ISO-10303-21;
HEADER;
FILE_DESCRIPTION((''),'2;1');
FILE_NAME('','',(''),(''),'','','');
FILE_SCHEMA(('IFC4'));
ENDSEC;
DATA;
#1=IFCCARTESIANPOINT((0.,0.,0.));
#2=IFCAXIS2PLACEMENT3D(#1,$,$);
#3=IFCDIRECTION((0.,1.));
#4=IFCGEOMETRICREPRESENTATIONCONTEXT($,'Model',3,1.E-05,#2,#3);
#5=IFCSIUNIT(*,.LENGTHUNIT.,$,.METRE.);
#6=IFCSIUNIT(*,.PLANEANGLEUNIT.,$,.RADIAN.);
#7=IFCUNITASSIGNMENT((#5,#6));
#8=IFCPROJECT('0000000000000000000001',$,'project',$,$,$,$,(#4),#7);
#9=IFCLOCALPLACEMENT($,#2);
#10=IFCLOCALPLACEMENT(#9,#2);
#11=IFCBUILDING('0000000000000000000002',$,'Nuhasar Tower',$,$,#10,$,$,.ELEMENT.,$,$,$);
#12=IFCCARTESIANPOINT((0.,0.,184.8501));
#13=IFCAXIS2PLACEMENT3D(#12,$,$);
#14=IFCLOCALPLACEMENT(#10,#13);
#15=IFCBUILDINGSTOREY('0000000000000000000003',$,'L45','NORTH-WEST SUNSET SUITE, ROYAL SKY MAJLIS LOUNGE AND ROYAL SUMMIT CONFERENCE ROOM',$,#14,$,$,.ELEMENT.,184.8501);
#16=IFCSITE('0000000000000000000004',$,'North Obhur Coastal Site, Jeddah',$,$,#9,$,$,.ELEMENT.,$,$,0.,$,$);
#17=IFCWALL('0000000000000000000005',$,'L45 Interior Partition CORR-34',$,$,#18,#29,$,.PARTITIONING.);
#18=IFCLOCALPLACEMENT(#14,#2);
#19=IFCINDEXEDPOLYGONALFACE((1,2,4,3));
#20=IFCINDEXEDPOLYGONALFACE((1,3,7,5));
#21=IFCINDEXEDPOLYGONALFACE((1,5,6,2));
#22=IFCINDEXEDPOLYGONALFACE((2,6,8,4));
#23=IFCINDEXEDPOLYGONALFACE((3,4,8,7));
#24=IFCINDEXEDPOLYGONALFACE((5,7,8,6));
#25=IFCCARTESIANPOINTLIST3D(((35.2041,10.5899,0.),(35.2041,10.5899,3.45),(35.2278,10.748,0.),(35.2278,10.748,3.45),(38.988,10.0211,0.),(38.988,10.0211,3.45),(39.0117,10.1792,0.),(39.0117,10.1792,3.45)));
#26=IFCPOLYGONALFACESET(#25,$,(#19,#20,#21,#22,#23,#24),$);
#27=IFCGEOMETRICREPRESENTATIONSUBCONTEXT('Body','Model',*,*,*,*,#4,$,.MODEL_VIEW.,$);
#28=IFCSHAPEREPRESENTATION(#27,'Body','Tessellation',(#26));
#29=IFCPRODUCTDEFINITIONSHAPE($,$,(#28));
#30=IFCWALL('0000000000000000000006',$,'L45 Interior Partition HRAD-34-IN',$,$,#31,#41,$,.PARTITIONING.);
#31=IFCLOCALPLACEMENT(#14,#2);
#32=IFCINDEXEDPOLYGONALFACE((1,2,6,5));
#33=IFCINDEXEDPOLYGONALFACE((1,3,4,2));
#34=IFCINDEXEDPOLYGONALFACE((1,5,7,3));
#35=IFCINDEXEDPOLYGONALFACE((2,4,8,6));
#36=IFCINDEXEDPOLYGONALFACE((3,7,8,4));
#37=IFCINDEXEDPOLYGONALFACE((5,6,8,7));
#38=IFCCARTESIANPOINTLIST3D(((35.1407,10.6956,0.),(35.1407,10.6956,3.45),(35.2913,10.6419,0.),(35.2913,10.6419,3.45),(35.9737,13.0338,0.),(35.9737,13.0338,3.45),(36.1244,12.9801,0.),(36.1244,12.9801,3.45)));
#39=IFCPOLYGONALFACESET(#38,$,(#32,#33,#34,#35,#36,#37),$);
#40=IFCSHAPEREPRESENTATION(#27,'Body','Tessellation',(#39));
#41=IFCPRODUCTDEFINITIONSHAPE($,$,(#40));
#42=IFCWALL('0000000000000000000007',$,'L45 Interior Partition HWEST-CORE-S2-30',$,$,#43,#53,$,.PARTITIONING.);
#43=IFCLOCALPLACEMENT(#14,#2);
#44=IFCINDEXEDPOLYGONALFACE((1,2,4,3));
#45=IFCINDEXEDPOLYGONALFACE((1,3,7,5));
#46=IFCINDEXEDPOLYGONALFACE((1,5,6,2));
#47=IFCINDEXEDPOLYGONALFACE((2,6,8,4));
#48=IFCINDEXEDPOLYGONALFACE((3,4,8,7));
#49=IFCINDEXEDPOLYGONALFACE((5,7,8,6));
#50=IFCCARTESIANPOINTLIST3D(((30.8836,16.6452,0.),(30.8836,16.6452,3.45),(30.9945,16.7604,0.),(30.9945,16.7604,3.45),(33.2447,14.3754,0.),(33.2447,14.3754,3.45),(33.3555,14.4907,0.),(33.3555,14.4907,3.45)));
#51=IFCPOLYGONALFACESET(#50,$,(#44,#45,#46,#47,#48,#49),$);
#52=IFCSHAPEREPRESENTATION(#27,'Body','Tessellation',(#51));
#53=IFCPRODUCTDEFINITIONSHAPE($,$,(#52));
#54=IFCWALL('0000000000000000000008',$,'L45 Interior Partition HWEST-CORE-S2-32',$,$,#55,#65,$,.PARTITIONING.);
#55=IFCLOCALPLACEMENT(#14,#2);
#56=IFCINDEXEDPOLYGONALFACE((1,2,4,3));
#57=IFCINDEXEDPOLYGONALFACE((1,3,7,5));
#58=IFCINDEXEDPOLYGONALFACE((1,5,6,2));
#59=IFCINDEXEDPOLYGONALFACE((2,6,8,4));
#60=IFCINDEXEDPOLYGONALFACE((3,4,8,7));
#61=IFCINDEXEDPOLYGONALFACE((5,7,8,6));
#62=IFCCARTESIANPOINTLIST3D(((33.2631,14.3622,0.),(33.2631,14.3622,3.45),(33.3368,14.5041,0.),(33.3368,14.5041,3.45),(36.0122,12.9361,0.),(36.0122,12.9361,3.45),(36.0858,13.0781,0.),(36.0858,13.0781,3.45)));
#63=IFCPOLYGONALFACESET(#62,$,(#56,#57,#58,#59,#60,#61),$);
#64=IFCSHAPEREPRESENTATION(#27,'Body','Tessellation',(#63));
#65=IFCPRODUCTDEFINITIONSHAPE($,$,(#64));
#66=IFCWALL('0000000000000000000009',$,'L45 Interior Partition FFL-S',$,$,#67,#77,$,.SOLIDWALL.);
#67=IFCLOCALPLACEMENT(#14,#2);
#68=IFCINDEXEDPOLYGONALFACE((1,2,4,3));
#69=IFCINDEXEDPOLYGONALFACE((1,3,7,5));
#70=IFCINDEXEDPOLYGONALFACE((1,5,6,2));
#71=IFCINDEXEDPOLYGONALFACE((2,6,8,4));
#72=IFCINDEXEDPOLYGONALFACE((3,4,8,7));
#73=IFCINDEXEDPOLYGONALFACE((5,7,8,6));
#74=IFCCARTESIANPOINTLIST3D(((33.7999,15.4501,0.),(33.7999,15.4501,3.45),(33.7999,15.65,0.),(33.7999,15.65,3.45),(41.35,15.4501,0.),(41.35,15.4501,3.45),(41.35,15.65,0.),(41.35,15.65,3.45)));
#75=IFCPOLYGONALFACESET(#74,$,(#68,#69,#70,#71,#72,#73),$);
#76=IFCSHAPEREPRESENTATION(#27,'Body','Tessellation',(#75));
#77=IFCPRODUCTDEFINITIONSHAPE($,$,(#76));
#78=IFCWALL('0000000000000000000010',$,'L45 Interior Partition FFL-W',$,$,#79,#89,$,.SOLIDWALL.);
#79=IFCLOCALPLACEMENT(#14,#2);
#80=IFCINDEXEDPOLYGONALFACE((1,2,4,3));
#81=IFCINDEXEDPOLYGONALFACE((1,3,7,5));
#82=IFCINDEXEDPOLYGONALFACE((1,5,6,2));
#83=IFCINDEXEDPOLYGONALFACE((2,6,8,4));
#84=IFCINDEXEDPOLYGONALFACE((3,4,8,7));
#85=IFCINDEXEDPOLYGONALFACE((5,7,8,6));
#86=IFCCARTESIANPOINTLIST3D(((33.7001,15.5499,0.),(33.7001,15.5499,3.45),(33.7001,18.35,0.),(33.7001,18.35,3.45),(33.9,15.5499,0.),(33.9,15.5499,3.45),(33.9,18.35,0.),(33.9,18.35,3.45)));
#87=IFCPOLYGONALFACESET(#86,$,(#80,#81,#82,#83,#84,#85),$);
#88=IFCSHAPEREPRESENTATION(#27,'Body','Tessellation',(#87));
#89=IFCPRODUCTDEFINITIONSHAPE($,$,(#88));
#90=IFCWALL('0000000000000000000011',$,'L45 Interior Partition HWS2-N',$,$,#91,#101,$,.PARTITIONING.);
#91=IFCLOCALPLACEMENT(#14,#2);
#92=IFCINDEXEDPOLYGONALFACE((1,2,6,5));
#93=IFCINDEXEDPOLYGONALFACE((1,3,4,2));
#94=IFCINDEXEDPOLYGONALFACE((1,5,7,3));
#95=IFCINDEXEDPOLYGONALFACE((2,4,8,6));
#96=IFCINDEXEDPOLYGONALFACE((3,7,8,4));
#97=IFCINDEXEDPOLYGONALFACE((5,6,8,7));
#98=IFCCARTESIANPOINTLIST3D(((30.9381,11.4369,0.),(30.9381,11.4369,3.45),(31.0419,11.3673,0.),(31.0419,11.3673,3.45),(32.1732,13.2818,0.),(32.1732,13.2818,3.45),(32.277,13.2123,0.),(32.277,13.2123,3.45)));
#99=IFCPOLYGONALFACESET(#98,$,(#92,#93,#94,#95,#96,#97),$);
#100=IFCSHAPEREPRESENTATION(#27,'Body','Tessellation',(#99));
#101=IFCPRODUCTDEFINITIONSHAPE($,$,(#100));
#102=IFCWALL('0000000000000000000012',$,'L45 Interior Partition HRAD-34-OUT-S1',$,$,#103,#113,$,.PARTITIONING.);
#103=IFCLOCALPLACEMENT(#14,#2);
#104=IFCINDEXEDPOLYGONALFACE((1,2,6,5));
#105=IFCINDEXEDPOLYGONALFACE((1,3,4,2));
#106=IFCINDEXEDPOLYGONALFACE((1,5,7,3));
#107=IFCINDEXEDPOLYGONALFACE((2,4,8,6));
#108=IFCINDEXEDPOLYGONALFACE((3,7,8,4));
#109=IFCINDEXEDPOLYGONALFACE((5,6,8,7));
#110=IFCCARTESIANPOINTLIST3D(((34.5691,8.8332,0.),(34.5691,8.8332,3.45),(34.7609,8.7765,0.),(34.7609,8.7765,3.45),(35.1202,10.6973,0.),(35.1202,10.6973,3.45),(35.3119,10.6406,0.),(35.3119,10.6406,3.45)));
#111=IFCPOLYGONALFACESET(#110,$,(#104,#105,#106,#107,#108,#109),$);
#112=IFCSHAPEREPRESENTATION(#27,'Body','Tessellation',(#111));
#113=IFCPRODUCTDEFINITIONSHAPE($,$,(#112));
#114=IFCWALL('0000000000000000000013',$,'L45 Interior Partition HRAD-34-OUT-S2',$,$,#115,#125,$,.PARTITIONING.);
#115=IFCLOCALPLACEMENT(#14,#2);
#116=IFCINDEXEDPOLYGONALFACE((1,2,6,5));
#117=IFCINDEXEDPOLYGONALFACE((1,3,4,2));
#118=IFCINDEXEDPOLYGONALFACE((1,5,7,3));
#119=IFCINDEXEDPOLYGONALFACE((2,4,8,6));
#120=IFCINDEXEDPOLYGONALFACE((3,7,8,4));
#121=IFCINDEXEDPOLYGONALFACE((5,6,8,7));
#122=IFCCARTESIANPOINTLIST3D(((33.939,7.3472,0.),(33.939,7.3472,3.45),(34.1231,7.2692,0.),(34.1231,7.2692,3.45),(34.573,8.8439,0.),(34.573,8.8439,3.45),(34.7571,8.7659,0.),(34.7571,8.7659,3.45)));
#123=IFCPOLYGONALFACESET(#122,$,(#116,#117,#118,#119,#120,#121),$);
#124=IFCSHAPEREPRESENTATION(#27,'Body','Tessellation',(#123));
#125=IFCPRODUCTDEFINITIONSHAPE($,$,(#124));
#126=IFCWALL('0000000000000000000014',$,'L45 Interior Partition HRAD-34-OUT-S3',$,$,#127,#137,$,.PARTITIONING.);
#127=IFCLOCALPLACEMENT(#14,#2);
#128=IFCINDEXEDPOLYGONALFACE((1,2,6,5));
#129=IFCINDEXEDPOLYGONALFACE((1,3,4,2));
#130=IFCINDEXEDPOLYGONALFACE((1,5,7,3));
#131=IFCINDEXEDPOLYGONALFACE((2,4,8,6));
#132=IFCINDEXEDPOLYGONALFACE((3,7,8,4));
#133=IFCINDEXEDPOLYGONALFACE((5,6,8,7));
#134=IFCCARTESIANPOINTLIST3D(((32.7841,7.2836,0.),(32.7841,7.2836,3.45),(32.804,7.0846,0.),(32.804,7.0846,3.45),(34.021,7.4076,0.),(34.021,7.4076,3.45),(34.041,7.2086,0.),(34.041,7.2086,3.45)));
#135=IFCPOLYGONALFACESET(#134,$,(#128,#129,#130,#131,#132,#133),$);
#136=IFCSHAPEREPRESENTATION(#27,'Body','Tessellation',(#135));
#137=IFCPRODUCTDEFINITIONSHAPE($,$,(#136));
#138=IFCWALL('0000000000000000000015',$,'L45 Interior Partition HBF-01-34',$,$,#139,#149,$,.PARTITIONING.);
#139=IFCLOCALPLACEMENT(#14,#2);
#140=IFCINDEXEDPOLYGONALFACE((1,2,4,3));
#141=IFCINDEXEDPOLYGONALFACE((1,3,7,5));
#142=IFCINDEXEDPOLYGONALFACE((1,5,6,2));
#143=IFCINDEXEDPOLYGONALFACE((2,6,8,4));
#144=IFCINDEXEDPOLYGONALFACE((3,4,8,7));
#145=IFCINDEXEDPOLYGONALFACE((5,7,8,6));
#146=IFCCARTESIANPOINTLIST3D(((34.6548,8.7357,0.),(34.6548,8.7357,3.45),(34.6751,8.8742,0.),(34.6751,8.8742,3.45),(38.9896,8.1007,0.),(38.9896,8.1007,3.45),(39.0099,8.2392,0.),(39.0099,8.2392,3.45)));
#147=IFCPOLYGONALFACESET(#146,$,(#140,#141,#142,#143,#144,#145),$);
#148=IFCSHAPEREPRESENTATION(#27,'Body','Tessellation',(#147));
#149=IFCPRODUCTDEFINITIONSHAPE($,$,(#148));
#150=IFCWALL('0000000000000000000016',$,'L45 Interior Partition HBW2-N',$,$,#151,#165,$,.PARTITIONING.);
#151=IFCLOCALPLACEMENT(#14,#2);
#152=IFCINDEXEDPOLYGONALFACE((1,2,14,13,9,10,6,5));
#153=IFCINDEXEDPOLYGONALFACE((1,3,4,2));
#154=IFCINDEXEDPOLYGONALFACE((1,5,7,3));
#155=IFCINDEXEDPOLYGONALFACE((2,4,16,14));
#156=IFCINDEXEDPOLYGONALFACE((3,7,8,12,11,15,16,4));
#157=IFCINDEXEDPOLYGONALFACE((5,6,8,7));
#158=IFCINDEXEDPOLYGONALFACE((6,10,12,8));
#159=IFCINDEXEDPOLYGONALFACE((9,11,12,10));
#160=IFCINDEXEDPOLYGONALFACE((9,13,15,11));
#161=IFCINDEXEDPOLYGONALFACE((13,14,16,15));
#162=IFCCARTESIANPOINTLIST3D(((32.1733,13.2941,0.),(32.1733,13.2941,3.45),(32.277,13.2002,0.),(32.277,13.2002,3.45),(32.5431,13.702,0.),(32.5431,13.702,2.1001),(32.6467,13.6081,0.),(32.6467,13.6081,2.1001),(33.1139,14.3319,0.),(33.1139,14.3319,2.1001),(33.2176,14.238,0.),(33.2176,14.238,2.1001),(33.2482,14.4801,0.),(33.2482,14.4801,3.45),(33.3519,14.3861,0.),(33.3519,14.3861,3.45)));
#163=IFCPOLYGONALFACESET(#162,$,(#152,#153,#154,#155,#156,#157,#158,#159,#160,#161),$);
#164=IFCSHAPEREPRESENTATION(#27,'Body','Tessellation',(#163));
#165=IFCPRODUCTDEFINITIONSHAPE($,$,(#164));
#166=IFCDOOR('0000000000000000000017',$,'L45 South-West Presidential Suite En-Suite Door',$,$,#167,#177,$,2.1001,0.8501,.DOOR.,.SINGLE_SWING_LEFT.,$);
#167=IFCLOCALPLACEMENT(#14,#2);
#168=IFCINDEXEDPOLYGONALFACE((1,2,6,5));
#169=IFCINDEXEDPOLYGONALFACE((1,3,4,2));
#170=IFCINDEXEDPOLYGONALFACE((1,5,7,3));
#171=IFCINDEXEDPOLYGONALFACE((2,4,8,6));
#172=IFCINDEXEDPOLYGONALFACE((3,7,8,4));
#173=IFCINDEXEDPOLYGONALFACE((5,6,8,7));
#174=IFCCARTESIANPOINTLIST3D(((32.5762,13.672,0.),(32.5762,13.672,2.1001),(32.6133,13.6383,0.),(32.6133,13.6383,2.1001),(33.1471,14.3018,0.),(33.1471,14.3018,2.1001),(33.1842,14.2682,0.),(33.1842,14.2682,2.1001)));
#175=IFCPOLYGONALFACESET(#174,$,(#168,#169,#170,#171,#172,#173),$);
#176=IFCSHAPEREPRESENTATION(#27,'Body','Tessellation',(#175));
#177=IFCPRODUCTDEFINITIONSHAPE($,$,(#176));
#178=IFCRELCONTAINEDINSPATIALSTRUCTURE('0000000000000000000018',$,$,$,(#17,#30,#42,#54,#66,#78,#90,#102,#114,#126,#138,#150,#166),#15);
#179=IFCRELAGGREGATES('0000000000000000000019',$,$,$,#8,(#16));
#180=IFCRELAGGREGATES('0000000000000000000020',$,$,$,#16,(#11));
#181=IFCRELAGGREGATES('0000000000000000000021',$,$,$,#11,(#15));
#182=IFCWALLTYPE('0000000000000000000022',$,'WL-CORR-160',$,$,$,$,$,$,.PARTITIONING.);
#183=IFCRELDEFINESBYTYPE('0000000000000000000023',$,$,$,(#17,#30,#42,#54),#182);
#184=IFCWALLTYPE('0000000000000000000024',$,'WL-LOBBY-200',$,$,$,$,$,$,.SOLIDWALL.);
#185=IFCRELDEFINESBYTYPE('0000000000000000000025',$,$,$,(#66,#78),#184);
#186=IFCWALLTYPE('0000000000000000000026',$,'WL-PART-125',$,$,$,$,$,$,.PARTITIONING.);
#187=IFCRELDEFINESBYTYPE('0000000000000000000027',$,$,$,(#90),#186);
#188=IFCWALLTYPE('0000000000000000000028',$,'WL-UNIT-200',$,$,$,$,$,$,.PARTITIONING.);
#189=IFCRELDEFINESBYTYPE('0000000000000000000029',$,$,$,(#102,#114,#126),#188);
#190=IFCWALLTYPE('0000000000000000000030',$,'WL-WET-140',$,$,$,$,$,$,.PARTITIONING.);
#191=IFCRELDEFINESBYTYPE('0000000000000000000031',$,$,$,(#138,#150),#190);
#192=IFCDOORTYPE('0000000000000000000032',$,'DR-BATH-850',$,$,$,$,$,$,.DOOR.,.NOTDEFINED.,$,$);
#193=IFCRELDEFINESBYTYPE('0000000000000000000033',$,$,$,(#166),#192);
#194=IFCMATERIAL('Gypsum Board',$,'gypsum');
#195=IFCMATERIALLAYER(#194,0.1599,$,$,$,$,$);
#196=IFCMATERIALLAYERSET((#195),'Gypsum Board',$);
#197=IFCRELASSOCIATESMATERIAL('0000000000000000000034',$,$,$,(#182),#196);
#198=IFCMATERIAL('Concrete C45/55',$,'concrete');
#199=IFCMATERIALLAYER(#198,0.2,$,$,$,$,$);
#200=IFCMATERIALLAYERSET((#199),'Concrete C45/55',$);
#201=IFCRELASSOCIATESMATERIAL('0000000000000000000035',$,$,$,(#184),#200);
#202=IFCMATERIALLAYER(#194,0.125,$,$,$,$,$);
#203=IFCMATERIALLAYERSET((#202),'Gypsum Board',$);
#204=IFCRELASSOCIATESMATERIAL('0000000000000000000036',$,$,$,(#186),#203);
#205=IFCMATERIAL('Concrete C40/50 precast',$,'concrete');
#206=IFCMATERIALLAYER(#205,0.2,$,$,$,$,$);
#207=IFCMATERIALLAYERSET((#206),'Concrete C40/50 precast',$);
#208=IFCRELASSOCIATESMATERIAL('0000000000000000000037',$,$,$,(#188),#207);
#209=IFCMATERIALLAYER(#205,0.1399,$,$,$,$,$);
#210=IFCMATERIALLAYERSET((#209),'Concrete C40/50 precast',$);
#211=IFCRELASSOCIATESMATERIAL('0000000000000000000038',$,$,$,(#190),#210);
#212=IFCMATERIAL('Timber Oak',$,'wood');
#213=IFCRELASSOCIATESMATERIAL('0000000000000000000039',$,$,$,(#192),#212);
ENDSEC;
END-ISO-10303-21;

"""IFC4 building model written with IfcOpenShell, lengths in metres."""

from ifc_helpers import new_model, si_unit, direction, frame, frame_2d, origin, place, context, subcontext, project, spatial, rectangle, extrude, material, layer, layer_set, type_object, element, fill, save


model = new_model("IFC4")

# Units and contexts
model_context = context("Model", 3, precision=1e-05, world=origin(), true_north=direction((0.0, 1.0)))
body_context = subcontext(model_context, "Body", "Model", "MODEL_VIEW")
ifc_project = project(units=[si_unit("LENGTHUNIT", "METRE"), si_unit("PLANEANGLEUNIT", "RADIAN")], contexts=[model_context])

# Site, building, storey
site_placement = place(None, origin())
site = spatial("IfcSite", under=ifc_project, at=site_placement, Name="North Obhur Coastal Site, Jeddah", CompositionType="ELEMENT", RefElevation=0.0)
building_placement = place(site_placement, origin())
building = spatial("IfcBuilding", under=site, at=building_placement, Name="Nuhasar Tower", CompositionType="ELEMENT")
storey_placement = place(building_placement, frame((0.0, 0.0, 184.8501)))
storey = spatial("IfcBuildingStorey", under=building, at=storey_placement, Name="L45", Description="NORTH-WEST SUNSET SUITE, ROYAL SKY MAJLIS LOUNGE AND ROYAL SUMMIT CONFERENCE ROOM", CompositionType="ELEMENT", Elevation=184.8501)

# Walls
ifc_material_1 = material(Name="Gypsum Board", Category="gypsum")
ifc_layer_1 = layer(ifc_material_1, 0.1599)
ifc_layer_set_1 = layer_set([ifc_layer_1], Name="Gypsum Board")
wall_type_1 = type_object("IfcWallType", Name="WL-CORR-160", PredefinedType="PARTITIONING", material=ifc_layer_set_1)
wall_1_placement = place(storey_placement, frame((35.2161, 10.6689, 0.0), z_axis=(0.0, 0.0, 1.0), x_axis=(0.988888, -0.148662, 0.0)))
element("IfcWall", 1, at=wall_1_placement, inside=storey, type_object=wall_type_1, Name="L45 Interior Partition CORR-34", PredefinedType="PARTITIONING", context=body_context, shape_type="SweptSolid", body=[
    extrude(rectangle(XDim=3.8264, YDim=0.1599, at=frame_2d((1.9131, 0.0))), origin(), (0.0, 0.0, 1.0), 3.45),
])
wall_2_placement = place(storey_placement, frame((36.0491, 13.0071, 0.0), z_axis=(0.0, 0.0, 1.0), x_axis=(-0.335607, -0.942002, 0.0)))
element("IfcWall", 2, at=wall_2_placement, inside=storey, type_object=wall_type_1, Name="L45 Interior Partition HRAD-34-IN", PredefinedType="PARTITIONING", context=body_context, shape_type="SweptSolid", body=[
    extrude(rectangle(XDim=2.4822, YDim=0.1599, at=frame_2d((1.2412, 0.0))), origin(), (0.0, 0.0, 1.0), 3.45),
])
wall_3_placement = place(storey_placement, frame((30.939, 16.7029, 0.0), z_axis=(0.0, 0.0, 1.0), x_axis=(0.720909, -0.69303, 0.0)))
element("IfcWall", 3, at=wall_3_placement, inside=storey, type_object=wall_type_1, Name="L45 Interior Partition HWEST-CORE-S2-30", PredefinedType="PARTITIONING", context=body_context, shape_type="SweptSolid", body=[
    extrude(rectangle(XDim=3.2751, YDim=0.1599, at=frame_2d((1.6377, 0.0))), origin(), (0.0, 0.0, 1.0), 3.45),
])
wall_4_placement = place(storey_placement, frame((33.3, 14.4331, 0.0), z_axis=(0.0, 0.0, 1.0), x_axis=(0.887675, -0.460471, 0.0)))
element("IfcWall", 4, at=wall_4_placement, inside=storey, type_object=wall_type_1, Name="L45 Interior Partition HWEST-CORE-S2-32", PredefinedType="PARTITIONING", context=body_context, shape_type="SweptSolid", body=[
    extrude(rectangle(XDim=3.0969, YDim=0.1599, at=frame_2d((1.5483, 0.0))), origin(), (0.0, 0.0, 1.0), 3.45),
])
ifc_material_2 = material(Name="Concrete C45/55", Category="concrete")
ifc_layer_2 = layer(ifc_material_2, 0.2)
ifc_layer_set_2 = layer_set([ifc_layer_2], Name="Concrete C45/55")
wall_type_2 = type_object("IfcWallType", Name="WL-LOBBY-200", PredefinedType="SOLIDWALL", material=ifc_layer_set_2)
wall_5_placement = place(storey_placement, frame((33.8, 15.55, 0.0), z_axis=(0.0, 0.0, 1.0), x_axis=(1.0, 0.0, 0.0)))
element("IfcWall", 5, at=wall_5_placement, inside=storey, type_object=wall_type_2, Name="L45 Interior Partition FFL-S", PredefinedType="SOLIDWALL", context=body_context, shape_type="SweptSolid", body=[
    extrude(rectangle(XDim=7.55, YDim=0.2, at=frame_2d((3.7749, 0.0))), origin(), (0.0, 0.0, 1.0), 3.45),
])
wall_6_placement = place(storey_placement, frame((33.8, 15.55, 0.0), z_axis=(0.0, 0.0, 1.0), x_axis=(0.0, 1.0, 0.0)))
element("IfcWall", 6, at=wall_6_placement, inside=storey, type_object=wall_type_2, Name="L45 Interior Partition FFL-W", PredefinedType="SOLIDWALL", context=body_context, shape_type="SweptSolid", body=[
    extrude(rectangle(XDim=2.8, YDim=0.2, at=frame_2d((1.3999, 0.0))), origin(), (0.0, 0.0, 1.0), 3.45),
])
ifc_layer_3 = layer(ifc_material_1, 0.125)
ifc_layer_set_3 = layer_set([ifc_layer_3], Name="Gypsum Board")
wall_type_3 = type_object("IfcWallType", Name="WL-PART-125", PredefinedType="PARTITIONING", material=ifc_layer_set_3)
wall_7_placement = place(storey_placement, frame((32.2251, 13.2471, 0.0), z_axis=(0.0, 0.0, 1.0), x_axis=(-0.556298, -0.830983, 0.0)))
element("IfcWall", 7, at=wall_7_placement, inside=storey, type_object=wall_type_3, Name="L45 Interior Partition HWS2-N", PredefinedType="PARTITIONING", context=body_context, shape_type="SweptSolid", body=[
    extrude(rectangle(XDim=2.2202, YDim=0.125, at=frame_2d((1.1101, 0.0))), origin(), (0.0, 0.0, 1.0), 3.45),
])
ifc_material_3 = material(Name="Concrete C40/50 precast", Category="concrete")
ifc_layer_4 = layer(ifc_material_3, 0.2)
ifc_layer_set_4 = layer_set([ifc_layer_4], Name="Concrete C40/50 precast")
wall_type_4 = type_object("IfcWallType", Name="WL-UNIT-200", PredefinedType="PARTITIONING", material=ifc_layer_set_4)
wall_8_placement = place(storey_placement, frame((35.2161, 10.6689, 0.0), z_axis=(0.0, 0.0, 1.0), x_axis=(-0.283485, -0.958977, 0.0)))
element("IfcWall", 8, at=wall_8_placement, inside=storey, type_object=wall_type_4, Name="L45 Interior Partition HRAD-34-OUT-S1", PredefinedType="PARTITIONING", context=body_context, shape_type="SweptSolid", body=[
    extrude(rectangle(XDim=1.9438, YDim=0.2, at=frame_2d((0.9719, 0.0))), origin(), (0.0, 0.0, 1.0), 3.45),
])
wall_9_placement = place(storey_placement, frame((34.665, 8.8049, 0.0), z_axis=(0.0, 0.0, 1.0), x_axis=(-0.390037, -0.920799, 0.0)))
element("IfcWall", 9, at=wall_9_placement, inside=storey, type_object=wall_type_4, Name="L45 Interior Partition HRAD-34-OUT-S2", PredefinedType="PARTITIONING", context=body_context, shape_type="SweptSolid", body=[
    extrude(rectangle(XDim=1.6255, YDim=0.2, at=frame_2d((0.8127, 0.0))), origin(), (0.0, 0.0, 1.0), 3.45),
])
wall_10_placement = place(storey_placement, frame((34.031, 7.3081, 0.0), z_axis=(0.0, 0.0, 1.0), x_axis=(-0.995012, -0.099756, 0.0)))
element("IfcWall", 10, at=wall_10_placement, inside=storey, type_object=wall_type_4, Name="L45 Interior Partition HRAD-34-OUT-S3", PredefinedType="PARTITIONING", context=body_context, shape_type="SweptSolid", body=[
    extrude(rectangle(XDim=1.2432, YDim=0.2, at=frame_2d((0.6216, 0.0))), origin(), (0.0, 0.0, 1.0), 3.45),
])
ifc_layer_5 = layer(ifc_material_3, 0.1399)
ifc_layer_set_5 = layer_set([ifc_layer_5], Name="Concrete C40/50 precast")
wall_type_5 = type_object("IfcWallType", Name="WL-WET-140", PredefinedType="PARTITIONING", material=ifc_layer_set_5)
wall_11_placement = place(storey_placement, frame((34.665, 8.8049, 0.0), z_axis=(0.0, 0.0, 1.0), x_axis=(0.989441, -0.144939, 0.0)))
element("IfcWall", 11, at=wall_11_placement, inside=storey, type_object=wall_type_5, Name="L45 Interior Partition HBF-01-34", PredefinedType="PARTITIONING", context=body_context, shape_type="SweptSolid", body=[
    extrude(rectangle(XDim=4.3811, YDim=0.1399, at=frame_2d((2.1904, 0.0))), origin(), (0.0, 0.0, 1.0), 3.45),
])

# Wall, opening, door
wall_12_placement = place(storey_placement, frame((33.3, 14.4331, 0.0), z_axis=(0.0, 0.0, 1.0), x_axis=(-0.671556, -0.740954, 0.0)))
wall_12 = element("IfcWall", 12, at=wall_12_placement, inside=storey, type_object=wall_type_5, Name="L45 Interior Partition HBW2-N", PredefinedType="PARTITIONING", context=body_context, shape_type="SweptSolid", body=[
    extrude(rectangle(XDim=1.6006, YDim=0.1399, at=frame_2d((0.8003, 0.0))), origin(), (0.0, 0.0, 1.0), 3.45),
])
opening_placement = place(wall_12_placement, frame((0.2, 0.0, 0.0)))
opening = element("IfcOpeningElement", 13, at=opening_placement, cuts=wall_12, PredefinedType="OPENING", context=body_context, shape_type="SweptSolid", body=[
    extrude(rectangle(XDim=0.8501, YDim=2.1001, at=frame_2d((0.425, 1.05))), frame((0.0, 0.0801, 0.0), z_axis=(0.0, -1.0, 0.0), x_axis=(1.0, 0.0, 0.0)), (0.0, 0.0, 1.0), 0.1599),
])
ifc_material_4 = material(Name="Timber Oak", Category="wood")
door_type = type_object("IfcDoorType", Name="DR-BATH-850", OperationType="NOTDEFINED", PredefinedType="DOOR", material=ifc_material_4)
door_placement = place(opening_placement, origin())
door = element("IfcDoor", 14, at=door_placement, inside=storey, type_object=door_type, Name="L45 South-West Presidential Suite En-Suite Door", OperationType="SINGLE_SWING_LEFT", OverallHeight=2.1001, OverallWidth=0.8501, PredefinedType="DOOR", context=body_context, shape_type="SweptSolid", body=[
    extrude(rectangle(XDim=0.8501, YDim=2.1001, at=frame_2d((0.425, 1.05))), frame((0.0, 0.0249, 0.0), z_axis=(0.0, -1.0, 0.0), x_axis=(1.0, 0.0, 0.0)), (0.0, 0.0, 1.0), 0.05),
])
fill(opening, door)

save(model, "model.ifc")
